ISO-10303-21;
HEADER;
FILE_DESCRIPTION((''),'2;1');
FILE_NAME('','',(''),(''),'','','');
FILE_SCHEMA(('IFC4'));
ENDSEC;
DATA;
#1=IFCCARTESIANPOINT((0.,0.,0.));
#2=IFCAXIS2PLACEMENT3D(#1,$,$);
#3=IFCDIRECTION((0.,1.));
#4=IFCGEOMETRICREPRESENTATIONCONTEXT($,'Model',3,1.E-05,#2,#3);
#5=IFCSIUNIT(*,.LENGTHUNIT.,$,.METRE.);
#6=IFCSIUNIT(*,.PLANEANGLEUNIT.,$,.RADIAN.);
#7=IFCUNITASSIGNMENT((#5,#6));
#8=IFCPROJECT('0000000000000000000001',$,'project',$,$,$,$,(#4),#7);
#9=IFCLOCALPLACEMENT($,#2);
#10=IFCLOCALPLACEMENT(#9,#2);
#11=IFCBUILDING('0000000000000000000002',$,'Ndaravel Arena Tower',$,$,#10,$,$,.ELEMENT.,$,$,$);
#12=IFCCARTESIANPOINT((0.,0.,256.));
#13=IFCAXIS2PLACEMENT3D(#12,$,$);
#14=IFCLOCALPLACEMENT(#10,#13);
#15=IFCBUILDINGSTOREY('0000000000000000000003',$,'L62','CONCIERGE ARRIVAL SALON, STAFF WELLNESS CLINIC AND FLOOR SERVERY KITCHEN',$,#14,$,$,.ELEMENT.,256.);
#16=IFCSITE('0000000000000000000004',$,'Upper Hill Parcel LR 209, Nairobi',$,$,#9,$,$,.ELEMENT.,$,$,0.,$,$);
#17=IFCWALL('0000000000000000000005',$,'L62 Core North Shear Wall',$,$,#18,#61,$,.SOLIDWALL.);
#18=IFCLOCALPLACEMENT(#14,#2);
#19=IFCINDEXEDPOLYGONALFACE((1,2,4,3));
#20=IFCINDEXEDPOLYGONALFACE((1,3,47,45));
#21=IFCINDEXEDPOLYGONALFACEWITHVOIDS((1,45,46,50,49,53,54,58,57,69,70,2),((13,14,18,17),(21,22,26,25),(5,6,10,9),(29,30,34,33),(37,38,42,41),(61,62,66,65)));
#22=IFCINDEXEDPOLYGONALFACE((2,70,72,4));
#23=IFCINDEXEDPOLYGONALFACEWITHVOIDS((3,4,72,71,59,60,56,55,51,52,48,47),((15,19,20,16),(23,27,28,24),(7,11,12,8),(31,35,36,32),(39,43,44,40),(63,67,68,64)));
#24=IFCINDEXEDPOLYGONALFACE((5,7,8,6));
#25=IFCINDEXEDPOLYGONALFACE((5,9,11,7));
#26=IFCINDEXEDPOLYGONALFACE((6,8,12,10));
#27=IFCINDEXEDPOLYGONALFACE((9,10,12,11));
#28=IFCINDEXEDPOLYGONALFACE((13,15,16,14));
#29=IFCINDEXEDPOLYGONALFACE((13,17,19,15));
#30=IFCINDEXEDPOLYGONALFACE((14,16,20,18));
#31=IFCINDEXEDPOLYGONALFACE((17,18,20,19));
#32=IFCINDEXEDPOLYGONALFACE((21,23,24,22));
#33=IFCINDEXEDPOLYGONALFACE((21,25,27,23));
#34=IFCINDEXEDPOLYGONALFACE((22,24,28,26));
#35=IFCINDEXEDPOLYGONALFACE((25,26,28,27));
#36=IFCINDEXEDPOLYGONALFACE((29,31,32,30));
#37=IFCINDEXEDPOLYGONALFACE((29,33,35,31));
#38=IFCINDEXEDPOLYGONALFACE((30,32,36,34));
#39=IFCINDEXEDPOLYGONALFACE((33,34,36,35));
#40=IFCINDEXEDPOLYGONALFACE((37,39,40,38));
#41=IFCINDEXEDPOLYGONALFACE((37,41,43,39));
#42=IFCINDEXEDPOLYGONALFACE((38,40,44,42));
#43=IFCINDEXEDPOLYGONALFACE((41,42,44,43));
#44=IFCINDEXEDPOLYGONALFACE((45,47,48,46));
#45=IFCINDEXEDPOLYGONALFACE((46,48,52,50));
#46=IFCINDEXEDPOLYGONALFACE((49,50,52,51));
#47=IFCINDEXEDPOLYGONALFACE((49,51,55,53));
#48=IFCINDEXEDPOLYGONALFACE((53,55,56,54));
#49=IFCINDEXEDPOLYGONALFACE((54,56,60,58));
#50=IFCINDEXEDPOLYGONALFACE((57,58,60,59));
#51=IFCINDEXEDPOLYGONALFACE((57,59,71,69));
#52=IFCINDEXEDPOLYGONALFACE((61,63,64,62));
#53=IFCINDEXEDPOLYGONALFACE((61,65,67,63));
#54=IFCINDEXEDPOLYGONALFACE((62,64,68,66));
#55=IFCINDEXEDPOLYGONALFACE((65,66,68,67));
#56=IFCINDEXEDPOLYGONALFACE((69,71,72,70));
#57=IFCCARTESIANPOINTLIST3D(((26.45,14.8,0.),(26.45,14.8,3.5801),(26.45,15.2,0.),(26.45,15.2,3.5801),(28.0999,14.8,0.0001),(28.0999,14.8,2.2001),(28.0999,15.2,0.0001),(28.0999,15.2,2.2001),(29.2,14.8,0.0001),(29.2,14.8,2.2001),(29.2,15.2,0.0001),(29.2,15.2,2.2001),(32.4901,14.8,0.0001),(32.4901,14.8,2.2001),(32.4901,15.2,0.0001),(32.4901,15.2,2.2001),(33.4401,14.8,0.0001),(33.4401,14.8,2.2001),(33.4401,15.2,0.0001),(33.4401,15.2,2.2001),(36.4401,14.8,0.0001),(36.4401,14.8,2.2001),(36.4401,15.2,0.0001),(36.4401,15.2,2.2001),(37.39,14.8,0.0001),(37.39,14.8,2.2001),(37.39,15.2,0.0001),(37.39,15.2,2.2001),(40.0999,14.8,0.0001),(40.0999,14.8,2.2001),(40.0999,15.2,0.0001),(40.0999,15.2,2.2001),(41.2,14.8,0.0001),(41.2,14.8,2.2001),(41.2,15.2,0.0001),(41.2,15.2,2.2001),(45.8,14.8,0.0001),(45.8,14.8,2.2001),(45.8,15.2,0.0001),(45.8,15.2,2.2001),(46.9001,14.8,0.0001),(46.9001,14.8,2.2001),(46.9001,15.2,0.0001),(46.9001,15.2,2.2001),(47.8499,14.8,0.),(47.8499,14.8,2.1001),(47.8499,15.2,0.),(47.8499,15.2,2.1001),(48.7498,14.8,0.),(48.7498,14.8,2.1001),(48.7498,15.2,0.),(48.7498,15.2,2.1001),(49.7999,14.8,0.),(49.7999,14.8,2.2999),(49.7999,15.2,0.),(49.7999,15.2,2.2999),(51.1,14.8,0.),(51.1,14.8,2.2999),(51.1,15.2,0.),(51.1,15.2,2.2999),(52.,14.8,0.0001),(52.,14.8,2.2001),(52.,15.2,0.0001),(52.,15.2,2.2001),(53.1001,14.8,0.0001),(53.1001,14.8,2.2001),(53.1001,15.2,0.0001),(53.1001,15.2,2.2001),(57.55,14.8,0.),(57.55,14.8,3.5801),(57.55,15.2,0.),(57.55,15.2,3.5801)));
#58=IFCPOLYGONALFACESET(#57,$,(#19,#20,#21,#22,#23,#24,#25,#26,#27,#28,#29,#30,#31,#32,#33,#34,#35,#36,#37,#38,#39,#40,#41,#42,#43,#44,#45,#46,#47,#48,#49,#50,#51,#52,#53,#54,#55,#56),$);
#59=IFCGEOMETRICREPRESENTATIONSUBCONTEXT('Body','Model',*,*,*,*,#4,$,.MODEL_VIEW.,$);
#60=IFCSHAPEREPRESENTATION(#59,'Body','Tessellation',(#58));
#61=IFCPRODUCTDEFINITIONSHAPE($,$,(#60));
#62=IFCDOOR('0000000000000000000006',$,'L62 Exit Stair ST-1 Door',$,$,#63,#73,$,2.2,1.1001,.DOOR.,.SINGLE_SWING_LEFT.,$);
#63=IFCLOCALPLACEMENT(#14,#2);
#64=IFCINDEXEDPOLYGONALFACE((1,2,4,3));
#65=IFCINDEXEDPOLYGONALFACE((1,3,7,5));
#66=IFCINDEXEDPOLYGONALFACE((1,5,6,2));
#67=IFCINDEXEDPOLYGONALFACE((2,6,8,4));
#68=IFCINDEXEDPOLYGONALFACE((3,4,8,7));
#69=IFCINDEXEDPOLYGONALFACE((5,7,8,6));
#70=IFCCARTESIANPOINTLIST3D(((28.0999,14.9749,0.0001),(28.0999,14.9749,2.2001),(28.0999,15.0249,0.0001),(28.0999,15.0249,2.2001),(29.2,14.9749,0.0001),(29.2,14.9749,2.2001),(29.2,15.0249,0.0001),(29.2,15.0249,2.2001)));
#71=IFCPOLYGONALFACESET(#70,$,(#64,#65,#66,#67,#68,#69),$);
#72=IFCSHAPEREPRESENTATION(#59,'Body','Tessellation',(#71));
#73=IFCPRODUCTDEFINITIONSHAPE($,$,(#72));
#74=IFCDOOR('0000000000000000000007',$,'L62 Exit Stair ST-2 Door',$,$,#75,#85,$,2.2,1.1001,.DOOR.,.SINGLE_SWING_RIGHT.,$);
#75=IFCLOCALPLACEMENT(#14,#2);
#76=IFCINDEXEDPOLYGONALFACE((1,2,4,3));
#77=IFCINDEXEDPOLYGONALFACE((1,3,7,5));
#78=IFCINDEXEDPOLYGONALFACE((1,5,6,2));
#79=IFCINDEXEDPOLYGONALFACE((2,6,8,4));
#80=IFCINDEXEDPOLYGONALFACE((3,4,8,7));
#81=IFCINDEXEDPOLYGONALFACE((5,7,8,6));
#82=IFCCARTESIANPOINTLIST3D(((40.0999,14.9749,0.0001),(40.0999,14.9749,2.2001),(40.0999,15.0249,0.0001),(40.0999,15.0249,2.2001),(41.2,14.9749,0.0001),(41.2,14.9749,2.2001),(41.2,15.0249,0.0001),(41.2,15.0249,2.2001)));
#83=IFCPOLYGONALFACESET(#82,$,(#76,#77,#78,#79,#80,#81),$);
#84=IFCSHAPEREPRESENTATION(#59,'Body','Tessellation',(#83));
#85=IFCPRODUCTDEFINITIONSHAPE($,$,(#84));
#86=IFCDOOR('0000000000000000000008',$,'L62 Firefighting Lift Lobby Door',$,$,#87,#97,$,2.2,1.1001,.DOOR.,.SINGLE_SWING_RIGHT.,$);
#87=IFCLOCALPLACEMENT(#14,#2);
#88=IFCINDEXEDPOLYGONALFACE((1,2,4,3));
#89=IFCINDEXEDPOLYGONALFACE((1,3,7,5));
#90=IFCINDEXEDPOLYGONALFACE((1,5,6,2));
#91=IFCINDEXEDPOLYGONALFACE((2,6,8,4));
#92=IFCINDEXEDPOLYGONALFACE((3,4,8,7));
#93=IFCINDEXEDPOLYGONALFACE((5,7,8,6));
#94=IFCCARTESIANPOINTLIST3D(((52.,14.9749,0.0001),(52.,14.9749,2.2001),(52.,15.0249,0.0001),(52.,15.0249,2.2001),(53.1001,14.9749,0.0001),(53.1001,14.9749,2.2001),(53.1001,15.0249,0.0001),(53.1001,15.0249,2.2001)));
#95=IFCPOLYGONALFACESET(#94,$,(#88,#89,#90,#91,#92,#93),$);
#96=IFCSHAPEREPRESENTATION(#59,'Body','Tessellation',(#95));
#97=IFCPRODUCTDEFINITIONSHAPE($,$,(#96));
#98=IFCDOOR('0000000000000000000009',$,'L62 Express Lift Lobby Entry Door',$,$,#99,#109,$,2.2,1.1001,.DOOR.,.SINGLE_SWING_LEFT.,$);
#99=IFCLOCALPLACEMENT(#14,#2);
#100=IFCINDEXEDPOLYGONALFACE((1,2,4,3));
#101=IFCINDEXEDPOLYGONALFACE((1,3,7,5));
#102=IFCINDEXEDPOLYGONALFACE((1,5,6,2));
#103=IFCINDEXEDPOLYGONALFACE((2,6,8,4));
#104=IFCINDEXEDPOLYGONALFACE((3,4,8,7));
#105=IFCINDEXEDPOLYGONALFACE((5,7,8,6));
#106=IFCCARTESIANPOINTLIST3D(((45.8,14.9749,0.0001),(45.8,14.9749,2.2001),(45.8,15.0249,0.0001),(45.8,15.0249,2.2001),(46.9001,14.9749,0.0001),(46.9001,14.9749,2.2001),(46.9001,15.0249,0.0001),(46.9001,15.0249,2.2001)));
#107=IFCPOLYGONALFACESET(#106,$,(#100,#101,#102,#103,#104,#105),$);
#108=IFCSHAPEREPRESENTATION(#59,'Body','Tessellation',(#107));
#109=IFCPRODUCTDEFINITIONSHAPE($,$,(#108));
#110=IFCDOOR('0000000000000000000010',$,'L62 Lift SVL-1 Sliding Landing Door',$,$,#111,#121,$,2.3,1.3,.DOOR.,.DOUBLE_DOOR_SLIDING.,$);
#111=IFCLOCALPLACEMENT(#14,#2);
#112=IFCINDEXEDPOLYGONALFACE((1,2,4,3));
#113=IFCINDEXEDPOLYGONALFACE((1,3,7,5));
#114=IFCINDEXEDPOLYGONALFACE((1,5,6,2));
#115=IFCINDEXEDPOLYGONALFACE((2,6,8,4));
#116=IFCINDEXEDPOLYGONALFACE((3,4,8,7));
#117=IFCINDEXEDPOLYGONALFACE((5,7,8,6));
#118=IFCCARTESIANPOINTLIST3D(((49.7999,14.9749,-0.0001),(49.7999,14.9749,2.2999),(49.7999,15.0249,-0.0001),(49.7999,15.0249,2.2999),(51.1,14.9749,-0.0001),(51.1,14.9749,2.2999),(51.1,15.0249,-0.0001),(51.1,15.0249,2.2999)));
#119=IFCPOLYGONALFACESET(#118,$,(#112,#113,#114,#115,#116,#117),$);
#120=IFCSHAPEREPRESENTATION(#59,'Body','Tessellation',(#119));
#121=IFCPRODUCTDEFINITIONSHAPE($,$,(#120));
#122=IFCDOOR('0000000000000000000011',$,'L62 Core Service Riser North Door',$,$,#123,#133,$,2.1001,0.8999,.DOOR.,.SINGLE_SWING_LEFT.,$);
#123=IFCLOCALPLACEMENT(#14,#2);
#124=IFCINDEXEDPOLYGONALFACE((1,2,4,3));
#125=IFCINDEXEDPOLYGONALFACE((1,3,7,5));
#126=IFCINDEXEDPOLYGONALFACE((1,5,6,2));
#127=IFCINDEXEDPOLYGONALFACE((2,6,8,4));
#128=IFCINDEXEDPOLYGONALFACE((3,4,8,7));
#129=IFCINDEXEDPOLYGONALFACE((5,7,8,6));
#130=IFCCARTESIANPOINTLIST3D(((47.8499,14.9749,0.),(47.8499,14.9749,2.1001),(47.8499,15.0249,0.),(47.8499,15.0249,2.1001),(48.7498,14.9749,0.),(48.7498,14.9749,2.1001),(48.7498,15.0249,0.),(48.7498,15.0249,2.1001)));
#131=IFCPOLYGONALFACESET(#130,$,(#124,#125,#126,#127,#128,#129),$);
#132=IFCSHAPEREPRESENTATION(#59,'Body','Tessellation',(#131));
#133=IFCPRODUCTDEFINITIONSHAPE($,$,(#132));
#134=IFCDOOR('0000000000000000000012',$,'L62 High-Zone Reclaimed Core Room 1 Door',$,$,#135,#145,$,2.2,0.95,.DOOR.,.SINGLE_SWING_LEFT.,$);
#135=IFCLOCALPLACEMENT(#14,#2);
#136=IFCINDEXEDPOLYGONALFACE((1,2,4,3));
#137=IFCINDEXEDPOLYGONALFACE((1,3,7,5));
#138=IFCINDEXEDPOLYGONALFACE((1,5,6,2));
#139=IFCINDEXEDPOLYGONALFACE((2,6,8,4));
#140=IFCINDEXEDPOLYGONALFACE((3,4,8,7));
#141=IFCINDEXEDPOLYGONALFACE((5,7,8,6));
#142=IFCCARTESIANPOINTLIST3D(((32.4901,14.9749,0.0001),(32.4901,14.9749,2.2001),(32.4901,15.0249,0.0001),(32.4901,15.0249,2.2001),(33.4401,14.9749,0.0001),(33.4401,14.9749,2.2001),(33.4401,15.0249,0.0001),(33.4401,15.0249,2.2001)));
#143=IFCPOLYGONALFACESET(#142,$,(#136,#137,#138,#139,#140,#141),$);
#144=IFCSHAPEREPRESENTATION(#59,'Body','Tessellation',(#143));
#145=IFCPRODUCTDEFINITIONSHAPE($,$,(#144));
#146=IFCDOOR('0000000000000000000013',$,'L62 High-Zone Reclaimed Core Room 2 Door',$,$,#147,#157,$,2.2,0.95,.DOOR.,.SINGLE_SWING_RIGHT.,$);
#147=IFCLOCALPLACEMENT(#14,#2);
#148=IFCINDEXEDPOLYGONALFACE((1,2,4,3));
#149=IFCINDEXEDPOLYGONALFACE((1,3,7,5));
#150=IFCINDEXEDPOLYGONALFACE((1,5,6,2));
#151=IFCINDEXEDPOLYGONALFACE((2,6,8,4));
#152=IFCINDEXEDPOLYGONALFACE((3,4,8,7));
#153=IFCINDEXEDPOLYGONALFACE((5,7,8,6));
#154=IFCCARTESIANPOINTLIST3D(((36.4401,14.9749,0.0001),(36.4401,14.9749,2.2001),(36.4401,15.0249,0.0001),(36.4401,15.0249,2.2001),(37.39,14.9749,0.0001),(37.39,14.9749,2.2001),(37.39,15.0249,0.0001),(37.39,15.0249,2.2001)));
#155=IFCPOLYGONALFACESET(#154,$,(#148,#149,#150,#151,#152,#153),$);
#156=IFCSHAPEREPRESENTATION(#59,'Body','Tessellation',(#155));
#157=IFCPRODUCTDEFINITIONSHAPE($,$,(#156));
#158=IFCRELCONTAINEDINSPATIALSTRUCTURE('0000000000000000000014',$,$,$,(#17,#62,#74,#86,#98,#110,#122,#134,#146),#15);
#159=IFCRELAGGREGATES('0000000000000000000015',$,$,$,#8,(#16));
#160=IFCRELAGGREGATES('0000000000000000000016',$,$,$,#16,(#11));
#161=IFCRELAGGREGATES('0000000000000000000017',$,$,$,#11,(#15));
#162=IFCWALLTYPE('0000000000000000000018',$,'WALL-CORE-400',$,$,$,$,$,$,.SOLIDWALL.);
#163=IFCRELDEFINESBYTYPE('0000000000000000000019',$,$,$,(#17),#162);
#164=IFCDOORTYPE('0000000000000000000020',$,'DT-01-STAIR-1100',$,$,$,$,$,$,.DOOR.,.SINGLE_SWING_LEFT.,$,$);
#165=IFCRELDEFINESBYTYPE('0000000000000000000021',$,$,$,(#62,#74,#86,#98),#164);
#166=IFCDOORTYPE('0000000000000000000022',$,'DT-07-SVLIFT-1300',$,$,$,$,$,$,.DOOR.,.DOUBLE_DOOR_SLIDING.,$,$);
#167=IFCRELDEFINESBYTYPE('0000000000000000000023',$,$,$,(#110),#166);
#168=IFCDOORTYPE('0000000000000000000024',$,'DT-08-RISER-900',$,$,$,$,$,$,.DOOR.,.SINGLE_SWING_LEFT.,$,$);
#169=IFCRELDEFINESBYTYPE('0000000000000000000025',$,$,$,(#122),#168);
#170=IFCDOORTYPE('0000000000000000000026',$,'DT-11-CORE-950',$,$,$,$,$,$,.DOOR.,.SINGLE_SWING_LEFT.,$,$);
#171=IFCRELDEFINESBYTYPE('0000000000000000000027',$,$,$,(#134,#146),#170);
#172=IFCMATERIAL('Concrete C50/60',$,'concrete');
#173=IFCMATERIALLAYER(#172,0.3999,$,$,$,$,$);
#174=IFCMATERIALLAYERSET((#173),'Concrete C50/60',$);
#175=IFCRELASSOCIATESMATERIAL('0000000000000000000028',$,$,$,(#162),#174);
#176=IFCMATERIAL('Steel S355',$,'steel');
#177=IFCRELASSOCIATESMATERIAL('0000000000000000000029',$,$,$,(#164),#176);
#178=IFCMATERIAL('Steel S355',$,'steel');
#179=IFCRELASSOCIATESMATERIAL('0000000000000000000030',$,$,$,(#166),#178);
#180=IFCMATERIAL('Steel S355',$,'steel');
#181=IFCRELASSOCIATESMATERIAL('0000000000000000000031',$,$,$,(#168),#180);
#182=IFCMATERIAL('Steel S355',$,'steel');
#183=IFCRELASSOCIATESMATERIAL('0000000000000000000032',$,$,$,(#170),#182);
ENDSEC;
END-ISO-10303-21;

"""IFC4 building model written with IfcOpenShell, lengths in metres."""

from ifc_helpers import new_model, si_unit, direction, frame, frame_2d, origin, place, context, subcontext, project, spatial, rectangle, extrude, material, layer, layer_set, type_object, element, fill, save


model = new_model("IFC4")

# Units and contexts
model_context = context("Model", 3, precision=1e-05, world=origin(), true_north=direction((0.0, 1.0)))
body_context = subcontext(model_context, "Body", "Model", "MODEL_VIEW")
ifc_project = project(units=[si_unit("LENGTHUNIT", "METRE"), si_unit("PLANEANGLEUNIT", "RADIAN")], contexts=[model_context])

# Site, building, storey
site_placement = place(None, origin())
site = spatial("IfcSite", under=ifc_project, at=site_placement, Name="Upper Hill Parcel LR 209, Nairobi", CompositionType="ELEMENT", RefElevation=0.0)
building_placement = place(site_placement, origin())
building = spatial("IfcBuilding", under=site, at=building_placement, Name="Ndaravel Arena Tower", CompositionType="ELEMENT")
storey_placement = place(building_placement, frame((0.0, 0.0, 256.0)))
storey = spatial("IfcBuildingStorey", under=building, at=storey_placement, Name="L62", Description="CONCIERGE ARRIVAL SALON, STAFF WELLNESS CLINIC AND FLOOR SERVERY KITCHEN", CompositionType="ELEMENT", Elevation=256.0)

# Wall, openings, doors
ifc_material_1 = material(Name="Concrete C50/60", Category="concrete")
ifc_layer_1 = layer(ifc_material_1, 0.3999)
ifc_layer_set_1 = layer_set([ifc_layer_1], Name="Concrete C50/60")
wall_type_1 = type_object("IfcWallType", Name="WALL-CORE-400", PredefinedType="SOLIDWALL", material=ifc_layer_set_1)
wall_1_placement = place(storey_placement, frame((26.45, 15.0, 0.0), z_axis=(0.0, 0.0, 1.0), x_axis=(1.0, 0.0, 0.0)))
wall_1 = element("IfcWall", 1, at=wall_1_placement, inside=storey, type_object=wall_type_1, Name="L62 Core North Shear Wall", PredefinedType="SOLIDWALL", context=body_context, shape_type="SweptSolid", body=[
    extrude(rectangle(XDim=31.1001, YDim=0.3999, at=frame_2d((15.55, 0.0))), origin(), (0.0, 0.0, 1.0), 3.5801),
])
opening_1_placement = place(wall_1_placement, frame((1.6499, 0.0, 0.0)))
opening_1 = element("IfcOpeningElement", 2, at=opening_1_placement, cuts=wall_1, PredefinedType="OPENING", context=body_context, shape_type="SweptSolid", body=[
    extrude(rectangle(XDim=1.1001, YDim=2.2, at=frame_2d((0.55, 1.1001))), frame((0.0, 0.2, 0.0), z_axis=(0.0, -1.0, 0.0), x_axis=(1.0, 0.0, 0.0)), (0.0, 0.0, 1.0), 0.3999),
])
opening_2_placement = place(wall_1_placement, frame((13.6499, 0.0, 0.0)))
opening_2 = element("IfcOpeningElement", 3, at=opening_2_placement, cuts=wall_1, PredefinedType="OPENING", context=body_context, shape_type="SweptSolid", body=[
    extrude(rectangle(XDim=1.1001, YDim=2.2, at=frame_2d((0.55, 1.1001))), frame((0.0, 0.2, 0.0), z_axis=(0.0, -1.0, 0.0), x_axis=(1.0, 0.0, 0.0)), (0.0, 0.0, 1.0), 0.3999),
])
opening_3_placement = place(wall_1_placement, frame((25.55, 0.0, 0.0)))
opening_3 = element("IfcOpeningElement", 4, at=opening_3_placement, cuts=wall_1, PredefinedType="OPENING", context=body_context, shape_type="SweptSolid", body=[
    extrude(rectangle(XDim=1.1001, YDim=2.2, at=frame_2d((0.55, 1.1001))), frame((0.0, 0.2, 0.0), z_axis=(0.0, -1.0, 0.0), x_axis=(1.0, 0.0, 0.0)), (0.0, 0.0, 1.0), 0.3999),
])
opening_4_placement = place(wall_1_placement, frame((19.3501, 0.0, 0.0)))
opening_4 = element("IfcOpeningElement", 5, at=opening_4_placement, cuts=wall_1, PredefinedType="OPENING", context=body_context, shape_type="SweptSolid", body=[
    extrude(rectangle(XDim=1.1001, YDim=2.2, at=frame_2d((0.55, 1.1001))), frame((0.0, 0.2, 0.0), z_axis=(0.0, -1.0, 0.0), x_axis=(1.0, 0.0, 0.0)), (0.0, 0.0, 1.0), 0.3999),
])
opening_5_placement = place(wall_1_placement, frame((21.3999, 0.0, 0.0)))
opening_5 = element("IfcOpeningElement", 6, at=opening_5_placement, cuts=wall_1, PredefinedType="OPENING", context=body_context, shape_type="SweptSolid", body=[
    extrude(rectangle(XDim=0.8999, YDim=2.1001, at=frame_2d((0.45, 1.05))), frame((0.0, 0.2, 0.0), z_axis=(0.0, -1.0, 0.0), x_axis=(1.0, 0.0, 0.0)), (0.0, 0.0, 1.0), 0.3999),
])
opening_6_placement = place(wall_1_placement, frame((6.04, 0.0, 0.0)))
opening_6 = element("IfcOpeningElement", 7, at=opening_6_placement, cuts=wall_1, PredefinedType="OPENING", context=body_context, shape_type="SweptSolid", body=[
    extrude(rectangle(XDim=0.95, YDim=2.2, at=frame_2d((0.4751, 1.1001))), frame((0.0, 0.2, 0.0), z_axis=(0.0, -1.0, 0.0), x_axis=(1.0, 0.0, 0.0)), (0.0, 0.0, 1.0), 0.3999),
])
opening_7_placement = place(wall_1_placement, frame((9.99, 0.0, 0.0)))
opening_7 = element("IfcOpeningElement", 8, at=opening_7_placement, cuts=wall_1, PredefinedType="OPENING", context=body_context, shape_type="SweptSolid", body=[
    extrude(rectangle(XDim=0.95, YDim=2.2, at=frame_2d((0.4751, 1.1001))), frame((0.0, 0.2, 0.0), z_axis=(0.0, -1.0, 0.0), x_axis=(1.0, 0.0, 0.0)), (0.0, 0.0, 1.0), 0.3999),
])
opening_8_placement = place(wall_1_placement, frame((23.3501, 0.0, 0.0)))
opening_8 = element("IfcOpeningElement", 9, at=opening_8_placement, cuts=wall_1, PredefinedType="OPENING", context=body_context, shape_type="SweptSolid", body=[
    extrude(rectangle(XDim=1.3, YDim=2.3, at=frame_2d((0.6499, 1.1499))), frame((0.0, 0.2, 0.0), z_axis=(0.0, -1.0, 0.0), x_axis=(1.0, 0.0, 0.0)), (0.0, 0.0, 1.0), 0.3999),
])
ifc_material_2 = material(Name="Steel S355", Category="steel")
door_type_1 = type_object("IfcDoorType", Name="DT-01-STAIR-1100", OperationType="SINGLE_SWING_LEFT", PredefinedType="DOOR", material=ifc_material_2)
door_1_placement = place(opening_1_placement, origin())
door_1 = element("IfcDoor", 10, at=door_1_placement, inside=storey, type_object=door_type_1, Name="L62 Exit Stair ST-1 Door", OperationType="SINGLE_SWING_LEFT", OverallHeight=2.2, OverallWidth=1.1001, PredefinedType="DOOR", context=body_context, shape_type="SweptSolid", body=[
    extrude(rectangle(XDim=1.1001, YDim=2.2, at=frame_2d((0.55, 1.1001))), frame((0.0, 0.0249, 0.0), z_axis=(0.0, -1.0, 0.0), x_axis=(1.0, 0.0, 0.0)), (0.0, 0.0, 1.0), 0.05),
])
fill(opening_1, door_1)
door_2_placement = place(opening_2_placement, origin())
door_2 = element("IfcDoor", 11, at=door_2_placement, inside=storey, type_object=door_type_1, Name="L62 Exit Stair ST-2 Door", OperationType="SINGLE_SWING_RIGHT", OverallHeight=2.2, OverallWidth=1.1001, PredefinedType="DOOR", context=body_context, shape_type="SweptSolid", body=[
    extrude(rectangle(XDim=1.1001, YDim=2.2, at=frame_2d((0.55, 1.1001))), frame((0.0, 0.0249, 0.0), z_axis=(0.0, -1.0, 0.0), x_axis=(1.0, 0.0, 0.0)), (0.0, 0.0, 1.0), 0.05),
])
fill(opening_2, door_2)
door_3_placement = place(opening_3_placement, origin())
door_3 = element("IfcDoor", 12, at=door_3_placement, inside=storey, type_object=door_type_1, Name="L62 Firefighting Lift Lobby Door", OperationType="SINGLE_SWING_RIGHT", OverallHeight=2.2, OverallWidth=1.1001, PredefinedType="DOOR", context=body_context, shape_type="SweptSolid", body=[
    extrude(rectangle(XDim=1.1001, YDim=2.2, at=frame_2d((0.55, 1.1001))), frame((0.0, 0.0249, 0.0), z_axis=(0.0, -1.0, 0.0), x_axis=(1.0, 0.0, 0.0)), (0.0, 0.0, 1.0), 0.05),
])
fill(opening_3, door_3)
door_4_placement = place(opening_4_placement, origin())
door_4 = element("IfcDoor", 13, at=door_4_placement, inside=storey, type_object=door_type_1, Name="L62 Express Lift Lobby Entry Door", OperationType="SINGLE_SWING_LEFT", OverallHeight=2.2, OverallWidth=1.1001, PredefinedType="DOOR", context=body_context, shape_type="SweptSolid", body=[
    extrude(rectangle(XDim=1.1001, YDim=2.2, at=frame_2d((0.55, 1.1001))), frame((0.0, 0.0249, 0.0), z_axis=(0.0, -1.0, 0.0), x_axis=(1.0, 0.0, 0.0)), (0.0, 0.0, 1.0), 0.05),
])
fill(opening_4, door_4)
ifc_material_3 = material(Name="Steel S355", Category="steel")
door_type_2 = type_object("IfcDoorType", Name="DT-07-SVLIFT-1300", OperationType="DOUBLE_DOOR_SLIDING", PredefinedType="DOOR", material=ifc_material_3)
door_5_placement = place(opening_8_placement, origin())
door_5 = element("IfcDoor", 14, at=door_5_placement, inside=storey, type_object=door_type_2, Name="L62 Lift SVL-1 Sliding Landing Door", OperationType="DOUBLE_DOOR_SLIDING", OverallHeight=2.3, OverallWidth=1.3, PredefinedType="DOOR", context=body_context, shape_type="SweptSolid", body=[
    extrude(rectangle(XDim=1.3, YDim=2.3, at=frame_2d((0.6499, 1.1499))), frame((0.0, 0.0249, 0.0), z_axis=(0.0, -1.0, 0.0), x_axis=(1.0, 0.0, 0.0)), (0.0, 0.0, 1.0), 0.05),
])
fill(opening_8, door_5)
ifc_material_4 = material(Name="Steel S355", Category="steel")
door_type_3 = type_object("IfcDoorType", Name="DT-08-RISER-900", OperationType="SINGLE_SWING_LEFT", PredefinedType="DOOR", material=ifc_material_4)
door_6_placement = place(opening_5_placement, origin())
door_6 = element("IfcDoor", 15, at=door_6_placement, inside=storey, type_object=door_type_3, Name="L62 Core Service Riser North Door", OperationType="SINGLE_SWING_LEFT", OverallHeight=2.1001, OverallWidth=0.8999, PredefinedType="DOOR", context=body_context, shape_type="SweptSolid", body=[
    extrude(rectangle(XDim=0.8999, YDim=2.1001, at=frame_2d((0.45, 1.05))), frame((0.0, 0.0249, 0.0), z_axis=(0.0, -1.0, 0.0), x_axis=(1.0, 0.0, 0.0)), (0.0, 0.0, 1.0), 0.05),
])
fill(opening_5, door_6)
ifc_material_5 = material(Name="Steel S355", Category="steel")
door_type_4 = type_object("IfcDoorType", Name="DT-11-CORE-950", OperationType="SINGLE_SWING_LEFT", PredefinedType="DOOR", material=ifc_material_5)
door_7_placement = place(opening_6_placement, origin())
door_7 = element("IfcDoor", 16, at=door_7_placement, inside=storey, type_object=door_type_4, Name="L62 High-Zone Reclaimed Core Room 1 Door", OperationType="SINGLE_SWING_LEFT", OverallHeight=2.2, OverallWidth=0.95, PredefinedType="DOOR", context=body_context, shape_type="SweptSolid", body=[
    extrude(rectangle(XDim=0.95, YDim=2.2, at=frame_2d((0.4751, 1.1001))), frame((0.0, 0.0249, 0.0), z_axis=(0.0, -1.0, 0.0), x_axis=(1.0, 0.0, 0.0)), (0.0, 0.0, 1.0), 0.05),
])
fill(opening_6, door_7)
door_8_placement = place(opening_7_placement, origin())
door_8 = element("IfcDoor", 17, at=door_8_placement, inside=storey, type_object=door_type_4, Name="L62 High-Zone Reclaimed Core Room 2 Door", OperationType="SINGLE_SWING_RIGHT", OverallHeight=2.2, OverallWidth=0.95, PredefinedType="DOOR", context=body_context, shape_type="SweptSolid", body=[
    extrude(rectangle(XDim=0.95, YDim=2.2, at=frame_2d((0.4751, 1.1001))), frame((0.0, 0.0249, 0.0), z_axis=(0.0, -1.0, 0.0), x_axis=(1.0, 0.0, 0.0)), (0.0, 0.0, 1.0), 0.05),
])
fill(opening_7, door_8)

save(model, "model.ifc")
